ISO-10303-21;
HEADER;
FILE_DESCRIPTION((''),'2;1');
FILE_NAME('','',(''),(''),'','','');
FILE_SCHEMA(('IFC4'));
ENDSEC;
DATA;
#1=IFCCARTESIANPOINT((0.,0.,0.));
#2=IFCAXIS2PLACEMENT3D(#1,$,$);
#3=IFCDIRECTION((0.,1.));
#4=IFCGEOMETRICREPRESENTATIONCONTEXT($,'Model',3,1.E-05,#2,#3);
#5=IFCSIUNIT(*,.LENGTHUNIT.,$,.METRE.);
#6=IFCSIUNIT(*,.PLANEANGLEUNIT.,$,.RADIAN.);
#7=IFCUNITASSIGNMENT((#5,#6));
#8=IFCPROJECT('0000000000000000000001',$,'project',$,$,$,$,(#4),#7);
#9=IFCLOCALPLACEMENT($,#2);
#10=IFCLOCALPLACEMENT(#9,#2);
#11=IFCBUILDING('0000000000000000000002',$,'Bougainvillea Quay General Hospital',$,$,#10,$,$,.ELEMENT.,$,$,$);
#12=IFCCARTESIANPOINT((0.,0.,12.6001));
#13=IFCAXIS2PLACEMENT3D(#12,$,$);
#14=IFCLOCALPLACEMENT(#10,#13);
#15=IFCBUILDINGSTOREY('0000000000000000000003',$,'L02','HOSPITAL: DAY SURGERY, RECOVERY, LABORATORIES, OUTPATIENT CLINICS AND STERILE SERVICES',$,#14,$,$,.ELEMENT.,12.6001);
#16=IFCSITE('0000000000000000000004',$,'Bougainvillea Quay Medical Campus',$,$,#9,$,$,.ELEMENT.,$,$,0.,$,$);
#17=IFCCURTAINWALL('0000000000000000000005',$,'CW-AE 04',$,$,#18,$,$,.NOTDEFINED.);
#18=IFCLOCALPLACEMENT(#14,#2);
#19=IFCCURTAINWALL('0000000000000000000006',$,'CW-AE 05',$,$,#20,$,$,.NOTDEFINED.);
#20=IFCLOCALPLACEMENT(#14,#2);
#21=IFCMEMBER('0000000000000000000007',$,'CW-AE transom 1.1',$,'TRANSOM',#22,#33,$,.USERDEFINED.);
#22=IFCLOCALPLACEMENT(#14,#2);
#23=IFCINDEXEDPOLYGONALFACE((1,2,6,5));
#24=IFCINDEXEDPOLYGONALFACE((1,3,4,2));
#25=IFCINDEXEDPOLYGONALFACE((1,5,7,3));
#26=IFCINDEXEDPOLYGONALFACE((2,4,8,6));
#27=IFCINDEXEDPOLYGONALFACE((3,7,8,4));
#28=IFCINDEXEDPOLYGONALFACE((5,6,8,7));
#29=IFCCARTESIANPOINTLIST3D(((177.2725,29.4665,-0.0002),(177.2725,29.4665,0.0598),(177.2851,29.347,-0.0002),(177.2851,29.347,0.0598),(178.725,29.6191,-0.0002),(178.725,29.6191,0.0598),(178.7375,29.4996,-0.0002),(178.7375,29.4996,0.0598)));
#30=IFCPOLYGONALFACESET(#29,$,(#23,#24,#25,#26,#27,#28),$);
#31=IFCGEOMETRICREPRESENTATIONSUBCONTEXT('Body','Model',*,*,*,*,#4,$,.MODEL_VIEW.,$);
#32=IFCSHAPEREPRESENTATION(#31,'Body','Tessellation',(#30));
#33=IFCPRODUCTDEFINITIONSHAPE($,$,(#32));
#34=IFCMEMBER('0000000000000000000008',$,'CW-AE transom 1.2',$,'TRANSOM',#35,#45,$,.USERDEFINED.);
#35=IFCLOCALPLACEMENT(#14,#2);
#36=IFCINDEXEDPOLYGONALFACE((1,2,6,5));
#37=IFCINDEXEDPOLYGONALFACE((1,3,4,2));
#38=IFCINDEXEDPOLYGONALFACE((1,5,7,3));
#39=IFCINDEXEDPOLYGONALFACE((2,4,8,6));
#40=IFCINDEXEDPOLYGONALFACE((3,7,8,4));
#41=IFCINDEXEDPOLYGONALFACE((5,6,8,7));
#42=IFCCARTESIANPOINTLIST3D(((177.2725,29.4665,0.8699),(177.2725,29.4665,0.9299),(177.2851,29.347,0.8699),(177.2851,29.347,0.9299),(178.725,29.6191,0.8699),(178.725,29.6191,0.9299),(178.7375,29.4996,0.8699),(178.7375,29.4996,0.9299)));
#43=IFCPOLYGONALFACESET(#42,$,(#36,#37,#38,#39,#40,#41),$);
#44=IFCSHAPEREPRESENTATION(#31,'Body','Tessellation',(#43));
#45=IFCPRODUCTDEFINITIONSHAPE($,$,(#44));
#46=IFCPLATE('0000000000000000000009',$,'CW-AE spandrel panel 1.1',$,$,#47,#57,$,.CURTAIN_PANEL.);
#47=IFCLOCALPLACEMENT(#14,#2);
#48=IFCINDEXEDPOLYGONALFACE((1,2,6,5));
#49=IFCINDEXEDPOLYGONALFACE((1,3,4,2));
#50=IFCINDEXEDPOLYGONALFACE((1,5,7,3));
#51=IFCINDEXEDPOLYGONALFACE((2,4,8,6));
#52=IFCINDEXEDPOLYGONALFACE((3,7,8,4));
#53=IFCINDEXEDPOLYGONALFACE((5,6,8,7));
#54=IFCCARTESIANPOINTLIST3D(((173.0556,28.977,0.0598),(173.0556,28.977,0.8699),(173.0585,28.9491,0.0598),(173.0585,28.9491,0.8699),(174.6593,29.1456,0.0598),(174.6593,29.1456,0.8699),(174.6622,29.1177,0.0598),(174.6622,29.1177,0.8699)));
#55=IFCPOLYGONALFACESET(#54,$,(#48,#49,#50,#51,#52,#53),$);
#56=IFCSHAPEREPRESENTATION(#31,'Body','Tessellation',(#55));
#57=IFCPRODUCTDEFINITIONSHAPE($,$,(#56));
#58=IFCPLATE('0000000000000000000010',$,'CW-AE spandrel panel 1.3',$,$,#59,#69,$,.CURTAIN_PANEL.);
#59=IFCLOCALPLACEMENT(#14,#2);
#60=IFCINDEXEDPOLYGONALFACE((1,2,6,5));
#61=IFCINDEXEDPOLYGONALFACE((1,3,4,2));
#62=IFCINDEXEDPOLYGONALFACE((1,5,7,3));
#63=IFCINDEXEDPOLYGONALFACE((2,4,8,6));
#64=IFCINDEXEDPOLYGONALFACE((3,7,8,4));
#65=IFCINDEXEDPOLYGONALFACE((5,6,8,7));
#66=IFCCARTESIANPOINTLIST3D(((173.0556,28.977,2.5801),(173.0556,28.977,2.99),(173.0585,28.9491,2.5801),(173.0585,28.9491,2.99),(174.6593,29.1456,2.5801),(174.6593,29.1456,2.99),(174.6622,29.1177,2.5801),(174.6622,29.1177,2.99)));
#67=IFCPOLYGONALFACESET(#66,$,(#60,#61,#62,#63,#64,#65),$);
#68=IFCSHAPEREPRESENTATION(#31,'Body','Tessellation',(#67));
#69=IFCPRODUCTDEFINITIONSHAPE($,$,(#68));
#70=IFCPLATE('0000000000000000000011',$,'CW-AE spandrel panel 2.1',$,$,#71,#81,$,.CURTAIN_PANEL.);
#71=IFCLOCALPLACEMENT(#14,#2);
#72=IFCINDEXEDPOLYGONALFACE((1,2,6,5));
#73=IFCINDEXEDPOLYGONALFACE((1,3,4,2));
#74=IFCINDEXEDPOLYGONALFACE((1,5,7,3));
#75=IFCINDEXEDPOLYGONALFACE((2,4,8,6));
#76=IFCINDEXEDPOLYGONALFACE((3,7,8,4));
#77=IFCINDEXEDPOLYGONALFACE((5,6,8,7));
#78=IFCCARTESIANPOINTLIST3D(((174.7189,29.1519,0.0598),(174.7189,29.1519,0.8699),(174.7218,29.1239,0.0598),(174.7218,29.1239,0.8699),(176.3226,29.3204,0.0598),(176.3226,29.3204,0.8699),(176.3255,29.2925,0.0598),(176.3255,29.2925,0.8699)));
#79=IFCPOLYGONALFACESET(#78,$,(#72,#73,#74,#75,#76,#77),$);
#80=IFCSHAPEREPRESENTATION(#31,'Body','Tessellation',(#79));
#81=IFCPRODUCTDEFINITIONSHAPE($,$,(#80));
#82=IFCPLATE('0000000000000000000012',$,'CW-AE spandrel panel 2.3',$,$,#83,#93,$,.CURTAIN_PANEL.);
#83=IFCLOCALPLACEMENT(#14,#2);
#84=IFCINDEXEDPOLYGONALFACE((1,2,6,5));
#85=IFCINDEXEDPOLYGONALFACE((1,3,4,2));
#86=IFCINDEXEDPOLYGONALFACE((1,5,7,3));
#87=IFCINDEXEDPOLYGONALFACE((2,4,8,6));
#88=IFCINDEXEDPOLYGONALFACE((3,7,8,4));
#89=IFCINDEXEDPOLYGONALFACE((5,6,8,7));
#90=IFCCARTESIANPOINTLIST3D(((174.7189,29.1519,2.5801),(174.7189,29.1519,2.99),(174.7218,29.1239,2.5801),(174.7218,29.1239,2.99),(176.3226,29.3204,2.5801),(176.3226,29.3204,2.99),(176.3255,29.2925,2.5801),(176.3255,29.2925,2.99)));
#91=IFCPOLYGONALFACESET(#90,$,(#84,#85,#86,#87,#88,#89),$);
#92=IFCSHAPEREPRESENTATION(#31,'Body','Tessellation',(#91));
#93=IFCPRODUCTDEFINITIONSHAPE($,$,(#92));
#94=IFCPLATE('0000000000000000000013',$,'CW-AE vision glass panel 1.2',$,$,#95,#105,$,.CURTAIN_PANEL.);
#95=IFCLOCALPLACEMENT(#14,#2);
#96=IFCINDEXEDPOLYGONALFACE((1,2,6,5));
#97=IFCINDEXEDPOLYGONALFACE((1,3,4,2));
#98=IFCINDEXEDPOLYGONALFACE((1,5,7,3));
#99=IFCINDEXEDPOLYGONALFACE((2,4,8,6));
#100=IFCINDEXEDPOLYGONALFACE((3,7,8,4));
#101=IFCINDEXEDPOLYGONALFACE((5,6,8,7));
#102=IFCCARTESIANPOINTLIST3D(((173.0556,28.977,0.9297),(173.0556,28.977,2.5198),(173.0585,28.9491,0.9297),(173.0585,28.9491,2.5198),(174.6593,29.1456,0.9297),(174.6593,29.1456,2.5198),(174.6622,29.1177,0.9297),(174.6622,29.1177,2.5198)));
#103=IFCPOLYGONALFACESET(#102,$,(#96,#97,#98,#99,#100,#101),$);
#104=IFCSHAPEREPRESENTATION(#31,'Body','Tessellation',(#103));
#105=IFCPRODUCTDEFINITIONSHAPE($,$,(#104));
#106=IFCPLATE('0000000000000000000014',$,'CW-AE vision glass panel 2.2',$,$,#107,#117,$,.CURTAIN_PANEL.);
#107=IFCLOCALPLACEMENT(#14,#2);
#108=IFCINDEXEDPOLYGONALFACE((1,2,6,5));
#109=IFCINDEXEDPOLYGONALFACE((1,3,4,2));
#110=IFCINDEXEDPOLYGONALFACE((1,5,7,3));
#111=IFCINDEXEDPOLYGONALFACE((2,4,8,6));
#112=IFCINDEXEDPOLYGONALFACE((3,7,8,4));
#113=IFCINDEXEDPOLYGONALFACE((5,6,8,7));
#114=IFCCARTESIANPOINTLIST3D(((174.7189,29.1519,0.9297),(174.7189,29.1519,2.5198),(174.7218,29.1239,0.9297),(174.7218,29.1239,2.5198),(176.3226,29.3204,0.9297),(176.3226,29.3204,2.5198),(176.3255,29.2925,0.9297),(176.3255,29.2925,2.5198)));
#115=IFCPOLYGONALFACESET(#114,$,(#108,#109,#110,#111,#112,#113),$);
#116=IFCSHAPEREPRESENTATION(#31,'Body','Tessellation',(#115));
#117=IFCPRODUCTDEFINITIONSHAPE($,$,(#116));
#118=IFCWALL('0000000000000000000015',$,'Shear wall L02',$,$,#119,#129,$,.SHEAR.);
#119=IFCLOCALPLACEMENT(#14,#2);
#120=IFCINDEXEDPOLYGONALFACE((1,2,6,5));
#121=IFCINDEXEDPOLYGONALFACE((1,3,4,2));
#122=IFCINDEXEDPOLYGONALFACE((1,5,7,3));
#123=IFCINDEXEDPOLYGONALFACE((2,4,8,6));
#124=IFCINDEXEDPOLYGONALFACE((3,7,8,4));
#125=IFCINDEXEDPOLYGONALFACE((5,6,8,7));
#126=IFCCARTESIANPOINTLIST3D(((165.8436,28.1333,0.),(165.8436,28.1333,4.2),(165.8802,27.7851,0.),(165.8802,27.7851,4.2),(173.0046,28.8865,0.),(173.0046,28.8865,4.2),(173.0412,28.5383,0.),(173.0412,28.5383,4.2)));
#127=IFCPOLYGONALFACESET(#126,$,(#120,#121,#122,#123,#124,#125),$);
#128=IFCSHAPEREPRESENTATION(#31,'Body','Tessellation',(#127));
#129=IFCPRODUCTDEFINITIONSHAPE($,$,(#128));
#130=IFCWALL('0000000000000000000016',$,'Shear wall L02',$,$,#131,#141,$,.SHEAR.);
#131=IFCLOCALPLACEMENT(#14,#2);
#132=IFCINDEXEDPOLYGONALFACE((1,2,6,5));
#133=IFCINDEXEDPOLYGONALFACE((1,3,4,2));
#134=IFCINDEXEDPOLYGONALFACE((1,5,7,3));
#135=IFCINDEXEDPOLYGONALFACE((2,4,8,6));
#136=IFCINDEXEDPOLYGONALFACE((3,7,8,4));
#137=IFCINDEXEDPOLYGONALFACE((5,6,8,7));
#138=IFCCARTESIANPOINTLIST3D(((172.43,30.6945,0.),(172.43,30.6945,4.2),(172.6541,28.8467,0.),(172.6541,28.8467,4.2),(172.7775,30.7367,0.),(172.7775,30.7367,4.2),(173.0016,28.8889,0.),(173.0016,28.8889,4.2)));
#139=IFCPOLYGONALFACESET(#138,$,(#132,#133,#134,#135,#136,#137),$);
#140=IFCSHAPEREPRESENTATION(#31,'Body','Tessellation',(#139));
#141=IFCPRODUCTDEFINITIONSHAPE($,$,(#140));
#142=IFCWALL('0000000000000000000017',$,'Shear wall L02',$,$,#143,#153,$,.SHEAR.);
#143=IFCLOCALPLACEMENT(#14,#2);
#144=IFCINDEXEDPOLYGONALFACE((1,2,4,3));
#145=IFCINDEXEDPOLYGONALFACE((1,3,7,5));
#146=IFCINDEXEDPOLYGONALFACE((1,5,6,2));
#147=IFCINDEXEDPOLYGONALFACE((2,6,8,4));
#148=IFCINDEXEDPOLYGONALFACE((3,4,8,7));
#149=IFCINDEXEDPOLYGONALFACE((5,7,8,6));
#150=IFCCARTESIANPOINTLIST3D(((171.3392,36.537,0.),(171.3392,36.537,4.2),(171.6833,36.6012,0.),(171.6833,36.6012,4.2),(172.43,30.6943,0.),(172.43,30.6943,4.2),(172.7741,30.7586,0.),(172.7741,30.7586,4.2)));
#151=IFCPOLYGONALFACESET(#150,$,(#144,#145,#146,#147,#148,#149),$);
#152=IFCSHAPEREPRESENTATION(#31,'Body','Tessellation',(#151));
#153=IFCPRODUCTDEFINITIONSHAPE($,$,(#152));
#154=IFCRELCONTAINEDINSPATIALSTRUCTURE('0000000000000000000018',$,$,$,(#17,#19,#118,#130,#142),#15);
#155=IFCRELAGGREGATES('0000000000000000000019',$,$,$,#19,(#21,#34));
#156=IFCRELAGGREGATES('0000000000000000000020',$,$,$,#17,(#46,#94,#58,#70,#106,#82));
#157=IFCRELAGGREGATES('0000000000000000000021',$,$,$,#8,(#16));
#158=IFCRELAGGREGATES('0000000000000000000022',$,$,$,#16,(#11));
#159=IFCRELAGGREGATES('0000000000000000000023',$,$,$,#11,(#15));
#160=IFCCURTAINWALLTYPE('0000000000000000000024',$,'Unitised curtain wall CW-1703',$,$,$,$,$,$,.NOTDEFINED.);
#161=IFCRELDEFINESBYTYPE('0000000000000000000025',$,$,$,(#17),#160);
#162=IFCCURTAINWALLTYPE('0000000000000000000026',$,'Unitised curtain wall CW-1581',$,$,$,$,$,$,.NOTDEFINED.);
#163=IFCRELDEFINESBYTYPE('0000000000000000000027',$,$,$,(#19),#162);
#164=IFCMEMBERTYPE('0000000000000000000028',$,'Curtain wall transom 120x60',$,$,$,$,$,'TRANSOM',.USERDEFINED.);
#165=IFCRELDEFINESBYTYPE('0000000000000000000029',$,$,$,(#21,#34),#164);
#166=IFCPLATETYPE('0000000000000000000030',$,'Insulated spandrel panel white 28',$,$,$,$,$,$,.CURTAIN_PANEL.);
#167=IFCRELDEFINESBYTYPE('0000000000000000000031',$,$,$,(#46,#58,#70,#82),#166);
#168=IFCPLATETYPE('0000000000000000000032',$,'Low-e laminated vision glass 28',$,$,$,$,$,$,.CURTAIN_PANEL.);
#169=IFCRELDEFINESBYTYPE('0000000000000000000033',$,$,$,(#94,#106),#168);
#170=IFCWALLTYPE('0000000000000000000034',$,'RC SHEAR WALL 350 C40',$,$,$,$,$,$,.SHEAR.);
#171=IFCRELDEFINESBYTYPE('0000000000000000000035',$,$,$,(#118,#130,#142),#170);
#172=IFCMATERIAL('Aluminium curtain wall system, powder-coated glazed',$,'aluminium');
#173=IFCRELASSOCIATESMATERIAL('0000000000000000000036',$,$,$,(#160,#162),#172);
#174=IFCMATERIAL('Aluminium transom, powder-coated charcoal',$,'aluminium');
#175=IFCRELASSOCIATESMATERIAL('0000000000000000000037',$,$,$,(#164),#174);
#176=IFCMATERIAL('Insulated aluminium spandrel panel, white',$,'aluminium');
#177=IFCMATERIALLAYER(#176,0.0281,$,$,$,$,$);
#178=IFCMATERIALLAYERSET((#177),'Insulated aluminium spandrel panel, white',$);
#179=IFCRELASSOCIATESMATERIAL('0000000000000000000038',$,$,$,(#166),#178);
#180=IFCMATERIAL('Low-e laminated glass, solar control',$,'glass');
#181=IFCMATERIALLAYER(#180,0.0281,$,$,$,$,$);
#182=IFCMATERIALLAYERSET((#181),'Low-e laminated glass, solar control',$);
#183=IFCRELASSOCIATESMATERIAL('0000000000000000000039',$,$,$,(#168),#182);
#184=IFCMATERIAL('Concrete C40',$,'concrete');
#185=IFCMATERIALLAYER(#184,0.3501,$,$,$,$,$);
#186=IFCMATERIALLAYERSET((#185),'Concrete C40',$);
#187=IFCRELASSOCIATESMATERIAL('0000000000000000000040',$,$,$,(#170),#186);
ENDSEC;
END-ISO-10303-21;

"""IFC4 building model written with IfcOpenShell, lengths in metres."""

from ifc_helpers import new_model, si_unit, direction, frame, frame_2d, origin, origin_2d, place, context, subcontext, project, spatial, rectangle, extrude, material, layer, layer_set, material_profile, profile_set, type_object, element, aggregate, save


model = new_model("IFC4")

# Units and contexts
model_context = context("Model", 3, precision=1e-05, world=origin(), true_north=direction((0.0, 1.0)))
body_context = subcontext(model_context, "Body", "Model", "MODEL_VIEW")
ifc_project = project(units=[si_unit("LENGTHUNIT", "METRE"), si_unit("PLANEANGLEUNIT", "RADIAN")], contexts=[model_context])

# Site, building, storey
site_placement = place(None, origin())
site = spatial("IfcSite", under=ifc_project, at=site_placement, Name="Bougainvillea Quay Medical Campus", CompositionType="ELEMENT", RefElevation=0.0)
building_placement = place(site_placement, origin())
building = spatial("IfcBuilding", under=site, at=building_placement, Name="Bougainvillea Quay General Hospital", CompositionType="ELEMENT")
storey_placement = place(building_placement, frame((0.0, 0.0, 12.6001)))
storey = spatial("IfcBuildingStorey", under=building, at=storey_placement, Name="L02", Description="HOSPITAL: DAY SURGERY, RECOVERY, LABORATORIES, OUTPATIENT CLINICS AND STERILE SERVICES", CompositionType="ELEMENT", Elevation=12.6001)

# Shared definitions
ifc_material_1 = material(Name="Concrete C40", Category="concrete")

# Curtain wall
ifc_material_2 = material(Name="Aluminium curtain wall system, powder-coated glazed", Category="aluminium")
curtain_wall_type_1 = type_object("IfcCurtainWallType", Name="Unitised curtain wall CW-1703", PredefinedType="NOTDEFINED", material=ifc_material_2)
curtain_wall_1_placement = place(storey_placement, origin())
curtain_wall_1 = element("IfcCurtainWall", 1, at=curtain_wall_1_placement, inside=storey, type_object=curtain_wall_type_1, Name="CW-AE 04", PredefinedType="NOTDEFINED")

# Curtain wall
curtain_wall_type_2 = type_object("IfcCurtainWallType", Name="Unitised curtain wall CW-1581", PredefinedType="NOTDEFINED", material=ifc_material_2)
curtain_wall_2_placement = place(storey_placement, origin())
curtain_wall_2 = element("IfcCurtainWall", 2, at=curtain_wall_2_placement, inside=storey, type_object=curtain_wall_type_2, Name="CW-AE 05", PredefinedType="NOTDEFINED")

# Members
ifc_material_3 = material(Name="Aluminium transom, powder-coated charcoal", Category="aluminium")
ifc_material_profile_1 = material_profile(ifc_material_3, rectangle(XDim=0.1201, YDim=0.0601, at=origin_2d()))
ifc_profile_set_1 = profile_set([ifc_material_profile_1], Name="Aluminium transom, powder-coated charcoal")
member_type_1 = type_object("IfcMemberType", Name="Curtain wall transom 120x60", ElementType="TRANSOM", PredefinedType="USERDEFINED", material=ifc_profile_set_1)
member_1_placement = place(storey_placement, frame((177.2788, 29.4067, 0.0298), z_axis=(0.994527, 0.104485, 0.0), x_axis=(-0.104485, 0.994527, 0.0)))
member_1 = element("IfcMember", 3, at=member_1_placement, type_object=member_type_1, Name="CW-AE transom 1.1", ObjectType="TRANSOM", PredefinedType="USERDEFINED", context=body_context, shape_type="SweptSolid", body=[
    extrude(rectangle(XDim=0.1201, YDim=0.0601, at=origin_2d()), origin(), (0.0, 0.0, 1.0), 1.4604),
])
member_2_placement = place(storey_placement, frame((177.2788, 29.4067, 0.8999), z_axis=(0.994527, 0.104485, 0.0), x_axis=(-0.104485, 0.994527, 0.0)))
member_2 = element("IfcMember", 4, at=member_2_placement, type_object=member_type_1, Name="CW-AE transom 1.2", ObjectType="TRANSOM", PredefinedType="USERDEFINED", context=body_context, shape_type="SweptSolid", body=[
    extrude(rectangle(XDim=0.1201, YDim=0.0601, at=origin_2d()), origin(), (0.0, 0.0, 1.0), 1.4604),
])
aggregate(curtain_wall_2, [member_1, member_2])

# Plates
ifc_material_4 = material(Name="Insulated aluminium spandrel panel, white", Category="aluminium")
ifc_layer_1 = layer(ifc_material_4, 0.0281)
ifc_layer_set_1 = layer_set([ifc_layer_1], Name="Insulated aluminium spandrel panel, white")
plate_type_1 = type_object("IfcPlateType", Name="Insulated spandrel panel white 28", PredefinedType="CURTAIN_PANEL", material=ifc_layer_set_1)
plate_1_placement = place(storey_placement, frame((173.8589, 29.0474, 0.0598), z_axis=(0.0, 0.0, 1.0), x_axis=(0.994522, 0.104527, 0.0)))
plate_1 = element("IfcPlate", 5, at=plate_1_placement, type_object=plate_type_1, Name="CW-AE spandrel panel 1.1", PredefinedType="CURTAIN_PANEL", context=body_context, shape_type="SweptSolid", body=[
    extrude(rectangle(XDim=1.6125, YDim=0.0281, at=origin_2d()), origin(), (0.0, 0.0, 1.0), 0.8101),
])
plate_2_placement = place(storey_placement, frame((173.8589, 29.0474, 2.5801), z_axis=(0.0, 0.0, 1.0), x_axis=(0.994522, 0.104527, 0.0)))
plate_2 = element("IfcPlate", 6, at=plate_2_placement, type_object=plate_type_1, Name="CW-AE spandrel panel 1.3", PredefinedType="CURTAIN_PANEL", context=body_context, shape_type="SweptSolid", body=[
    extrude(rectangle(XDim=1.6125, YDim=0.0281, at=origin_2d()), origin(), (0.0, 0.0, 1.0), 0.4099),
])
plate_3_placement = place(storey_placement, frame((175.5222, 29.2222, 0.0598), z_axis=(0.0, 0.0, 1.0), x_axis=(0.994522, 0.104527, 0.0)))
plate_3 = element("IfcPlate", 7, at=plate_3_placement, type_object=plate_type_1, Name="CW-AE spandrel panel 2.1", PredefinedType="CURTAIN_PANEL", context=body_context, shape_type="SweptSolid", body=[
    extrude(rectangle(XDim=1.6125, YDim=0.0281, at=origin_2d()), origin(), (0.0, 0.0, 1.0), 0.8101),
])
plate_4_placement = place(storey_placement, frame((175.5222, 29.2222, 2.5801), z_axis=(0.0, 0.0, 1.0), x_axis=(0.994522, 0.104527, 0.0)))
plate_4 = element("IfcPlate", 8, at=plate_4_placement, type_object=plate_type_1, Name="CW-AE spandrel panel 2.3", PredefinedType="CURTAIN_PANEL", context=body_context, shape_type="SweptSolid", body=[
    extrude(rectangle(XDim=1.6125, YDim=0.0281, at=origin_2d()), origin(), (0.0, 0.0, 1.0), 0.4099),
])
ifc_material_5 = material(Name="Low-e laminated glass, solar control", Category="glass")
ifc_layer_2 = layer(ifc_material_5, 0.0281)
ifc_layer_set_2 = layer_set([ifc_layer_2], Name="Low-e laminated glass, solar control")
plate_type_2 = type_object("IfcPlateType", Name="Low-e laminated vision glass 28", PredefinedType="CURTAIN_PANEL", material=ifc_layer_set_2)
plate_5_placement = place(storey_placement, frame((173.8589, 29.0474, 0.9297), z_axis=(0.0, 0.0, 1.0), x_axis=(0.994522, 0.104527, 0.0)))
plate_5 = element("IfcPlate", 9, at=plate_5_placement, type_object=plate_type_2, Name="CW-AE vision glass panel 1.2", PredefinedType="CURTAIN_PANEL", context=body_context, shape_type="SweptSolid", body=[
    extrude(rectangle(XDim=1.6125, YDim=0.0281, at=origin_2d()), origin(), (0.0, 0.0, 1.0), 1.5901),
])
plate_6_placement = place(storey_placement, frame((175.5222, 29.2222, 0.9297), z_axis=(0.0, 0.0, 1.0), x_axis=(0.994522, 0.104527, 0.0)))
plate_6 = element("IfcPlate", 10, at=plate_6_placement, type_object=plate_type_2, Name="CW-AE vision glass panel 2.2", PredefinedType="CURTAIN_PANEL", context=body_context, shape_type="SweptSolid", body=[
    extrude(rectangle(XDim=1.6125, YDim=0.0281, at=origin_2d()), origin(), (0.0, 0.0, 1.0), 1.5901),
])
aggregate(curtain_wall_1, [plate_1, plate_5, plate_2, plate_3, plate_6, plate_4])

# Walls
ifc_layer_3 = layer(ifc_material_1, 0.3501)
ifc_layer_set_3 = layer_set([ifc_layer_3], Name="Concrete C40")
wall_type = type_object("IfcWallType", Name="RC SHEAR WALL 350 C40", PredefinedType="SHEAR", material=ifc_layer_set_3)
wall_1_placement = place(storey_placement, frame((165.8621, 27.9592, 0.0), z_axis=(0.0, 0.0, 1.0), x_axis=(0.994514, 0.104602, 0.0)))
element("IfcWall", 11, at=wall_1_placement, inside=storey, type_object=wall_type, Name="Shear wall L02", PredefinedType="SHEAR", context=body_context, shape_type="SweptSolid", body=[
    extrude(rectangle(XDim=7.2004, YDim=0.3501, at=frame_2d((3.6001, 0.0))), origin(), (0.0, 0.0, 1.0), 4.2),
])
wall_2_placement = place(storey_placement, frame((172.6038, 30.7156, 0.0), z_axis=(0.0, 0.0, 1.0), x_axis=(0.120402, -0.992725, 0.0)))
element("IfcWall", 12, at=wall_2_placement, inside=storey, type_object=wall_type, Name="Shear wall L02", PredefinedType="SHEAR", context=body_context, shape_type="SweptSolid", body=[
    extrude(rectangle(XDim=1.8613, YDim=0.3501, at=frame_2d((0.9307, 0.0))), origin(), (0.0, 0.0, 1.0), 4.2),
])
wall_3_placement = place(storey_placement, frame((172.6021, 30.7266, 0.0), z_axis=(0.0, 0.0, 1.0), x_axis=(-0.183532, 0.983014, 0.0)))
element("IfcWall", 13, at=wall_3_placement, inside=storey, type_object=wall_type, Name="Shear wall L02", PredefinedType="SHEAR", context=body_context, shape_type="SweptSolid", body=[
    extrude(rectangle(XDim=5.9436, YDim=0.3501, at=frame_2d((2.9717, 0.0))), origin(), (0.0, 0.0, 1.0), 4.2),
])

save(model, "model.ifc")
